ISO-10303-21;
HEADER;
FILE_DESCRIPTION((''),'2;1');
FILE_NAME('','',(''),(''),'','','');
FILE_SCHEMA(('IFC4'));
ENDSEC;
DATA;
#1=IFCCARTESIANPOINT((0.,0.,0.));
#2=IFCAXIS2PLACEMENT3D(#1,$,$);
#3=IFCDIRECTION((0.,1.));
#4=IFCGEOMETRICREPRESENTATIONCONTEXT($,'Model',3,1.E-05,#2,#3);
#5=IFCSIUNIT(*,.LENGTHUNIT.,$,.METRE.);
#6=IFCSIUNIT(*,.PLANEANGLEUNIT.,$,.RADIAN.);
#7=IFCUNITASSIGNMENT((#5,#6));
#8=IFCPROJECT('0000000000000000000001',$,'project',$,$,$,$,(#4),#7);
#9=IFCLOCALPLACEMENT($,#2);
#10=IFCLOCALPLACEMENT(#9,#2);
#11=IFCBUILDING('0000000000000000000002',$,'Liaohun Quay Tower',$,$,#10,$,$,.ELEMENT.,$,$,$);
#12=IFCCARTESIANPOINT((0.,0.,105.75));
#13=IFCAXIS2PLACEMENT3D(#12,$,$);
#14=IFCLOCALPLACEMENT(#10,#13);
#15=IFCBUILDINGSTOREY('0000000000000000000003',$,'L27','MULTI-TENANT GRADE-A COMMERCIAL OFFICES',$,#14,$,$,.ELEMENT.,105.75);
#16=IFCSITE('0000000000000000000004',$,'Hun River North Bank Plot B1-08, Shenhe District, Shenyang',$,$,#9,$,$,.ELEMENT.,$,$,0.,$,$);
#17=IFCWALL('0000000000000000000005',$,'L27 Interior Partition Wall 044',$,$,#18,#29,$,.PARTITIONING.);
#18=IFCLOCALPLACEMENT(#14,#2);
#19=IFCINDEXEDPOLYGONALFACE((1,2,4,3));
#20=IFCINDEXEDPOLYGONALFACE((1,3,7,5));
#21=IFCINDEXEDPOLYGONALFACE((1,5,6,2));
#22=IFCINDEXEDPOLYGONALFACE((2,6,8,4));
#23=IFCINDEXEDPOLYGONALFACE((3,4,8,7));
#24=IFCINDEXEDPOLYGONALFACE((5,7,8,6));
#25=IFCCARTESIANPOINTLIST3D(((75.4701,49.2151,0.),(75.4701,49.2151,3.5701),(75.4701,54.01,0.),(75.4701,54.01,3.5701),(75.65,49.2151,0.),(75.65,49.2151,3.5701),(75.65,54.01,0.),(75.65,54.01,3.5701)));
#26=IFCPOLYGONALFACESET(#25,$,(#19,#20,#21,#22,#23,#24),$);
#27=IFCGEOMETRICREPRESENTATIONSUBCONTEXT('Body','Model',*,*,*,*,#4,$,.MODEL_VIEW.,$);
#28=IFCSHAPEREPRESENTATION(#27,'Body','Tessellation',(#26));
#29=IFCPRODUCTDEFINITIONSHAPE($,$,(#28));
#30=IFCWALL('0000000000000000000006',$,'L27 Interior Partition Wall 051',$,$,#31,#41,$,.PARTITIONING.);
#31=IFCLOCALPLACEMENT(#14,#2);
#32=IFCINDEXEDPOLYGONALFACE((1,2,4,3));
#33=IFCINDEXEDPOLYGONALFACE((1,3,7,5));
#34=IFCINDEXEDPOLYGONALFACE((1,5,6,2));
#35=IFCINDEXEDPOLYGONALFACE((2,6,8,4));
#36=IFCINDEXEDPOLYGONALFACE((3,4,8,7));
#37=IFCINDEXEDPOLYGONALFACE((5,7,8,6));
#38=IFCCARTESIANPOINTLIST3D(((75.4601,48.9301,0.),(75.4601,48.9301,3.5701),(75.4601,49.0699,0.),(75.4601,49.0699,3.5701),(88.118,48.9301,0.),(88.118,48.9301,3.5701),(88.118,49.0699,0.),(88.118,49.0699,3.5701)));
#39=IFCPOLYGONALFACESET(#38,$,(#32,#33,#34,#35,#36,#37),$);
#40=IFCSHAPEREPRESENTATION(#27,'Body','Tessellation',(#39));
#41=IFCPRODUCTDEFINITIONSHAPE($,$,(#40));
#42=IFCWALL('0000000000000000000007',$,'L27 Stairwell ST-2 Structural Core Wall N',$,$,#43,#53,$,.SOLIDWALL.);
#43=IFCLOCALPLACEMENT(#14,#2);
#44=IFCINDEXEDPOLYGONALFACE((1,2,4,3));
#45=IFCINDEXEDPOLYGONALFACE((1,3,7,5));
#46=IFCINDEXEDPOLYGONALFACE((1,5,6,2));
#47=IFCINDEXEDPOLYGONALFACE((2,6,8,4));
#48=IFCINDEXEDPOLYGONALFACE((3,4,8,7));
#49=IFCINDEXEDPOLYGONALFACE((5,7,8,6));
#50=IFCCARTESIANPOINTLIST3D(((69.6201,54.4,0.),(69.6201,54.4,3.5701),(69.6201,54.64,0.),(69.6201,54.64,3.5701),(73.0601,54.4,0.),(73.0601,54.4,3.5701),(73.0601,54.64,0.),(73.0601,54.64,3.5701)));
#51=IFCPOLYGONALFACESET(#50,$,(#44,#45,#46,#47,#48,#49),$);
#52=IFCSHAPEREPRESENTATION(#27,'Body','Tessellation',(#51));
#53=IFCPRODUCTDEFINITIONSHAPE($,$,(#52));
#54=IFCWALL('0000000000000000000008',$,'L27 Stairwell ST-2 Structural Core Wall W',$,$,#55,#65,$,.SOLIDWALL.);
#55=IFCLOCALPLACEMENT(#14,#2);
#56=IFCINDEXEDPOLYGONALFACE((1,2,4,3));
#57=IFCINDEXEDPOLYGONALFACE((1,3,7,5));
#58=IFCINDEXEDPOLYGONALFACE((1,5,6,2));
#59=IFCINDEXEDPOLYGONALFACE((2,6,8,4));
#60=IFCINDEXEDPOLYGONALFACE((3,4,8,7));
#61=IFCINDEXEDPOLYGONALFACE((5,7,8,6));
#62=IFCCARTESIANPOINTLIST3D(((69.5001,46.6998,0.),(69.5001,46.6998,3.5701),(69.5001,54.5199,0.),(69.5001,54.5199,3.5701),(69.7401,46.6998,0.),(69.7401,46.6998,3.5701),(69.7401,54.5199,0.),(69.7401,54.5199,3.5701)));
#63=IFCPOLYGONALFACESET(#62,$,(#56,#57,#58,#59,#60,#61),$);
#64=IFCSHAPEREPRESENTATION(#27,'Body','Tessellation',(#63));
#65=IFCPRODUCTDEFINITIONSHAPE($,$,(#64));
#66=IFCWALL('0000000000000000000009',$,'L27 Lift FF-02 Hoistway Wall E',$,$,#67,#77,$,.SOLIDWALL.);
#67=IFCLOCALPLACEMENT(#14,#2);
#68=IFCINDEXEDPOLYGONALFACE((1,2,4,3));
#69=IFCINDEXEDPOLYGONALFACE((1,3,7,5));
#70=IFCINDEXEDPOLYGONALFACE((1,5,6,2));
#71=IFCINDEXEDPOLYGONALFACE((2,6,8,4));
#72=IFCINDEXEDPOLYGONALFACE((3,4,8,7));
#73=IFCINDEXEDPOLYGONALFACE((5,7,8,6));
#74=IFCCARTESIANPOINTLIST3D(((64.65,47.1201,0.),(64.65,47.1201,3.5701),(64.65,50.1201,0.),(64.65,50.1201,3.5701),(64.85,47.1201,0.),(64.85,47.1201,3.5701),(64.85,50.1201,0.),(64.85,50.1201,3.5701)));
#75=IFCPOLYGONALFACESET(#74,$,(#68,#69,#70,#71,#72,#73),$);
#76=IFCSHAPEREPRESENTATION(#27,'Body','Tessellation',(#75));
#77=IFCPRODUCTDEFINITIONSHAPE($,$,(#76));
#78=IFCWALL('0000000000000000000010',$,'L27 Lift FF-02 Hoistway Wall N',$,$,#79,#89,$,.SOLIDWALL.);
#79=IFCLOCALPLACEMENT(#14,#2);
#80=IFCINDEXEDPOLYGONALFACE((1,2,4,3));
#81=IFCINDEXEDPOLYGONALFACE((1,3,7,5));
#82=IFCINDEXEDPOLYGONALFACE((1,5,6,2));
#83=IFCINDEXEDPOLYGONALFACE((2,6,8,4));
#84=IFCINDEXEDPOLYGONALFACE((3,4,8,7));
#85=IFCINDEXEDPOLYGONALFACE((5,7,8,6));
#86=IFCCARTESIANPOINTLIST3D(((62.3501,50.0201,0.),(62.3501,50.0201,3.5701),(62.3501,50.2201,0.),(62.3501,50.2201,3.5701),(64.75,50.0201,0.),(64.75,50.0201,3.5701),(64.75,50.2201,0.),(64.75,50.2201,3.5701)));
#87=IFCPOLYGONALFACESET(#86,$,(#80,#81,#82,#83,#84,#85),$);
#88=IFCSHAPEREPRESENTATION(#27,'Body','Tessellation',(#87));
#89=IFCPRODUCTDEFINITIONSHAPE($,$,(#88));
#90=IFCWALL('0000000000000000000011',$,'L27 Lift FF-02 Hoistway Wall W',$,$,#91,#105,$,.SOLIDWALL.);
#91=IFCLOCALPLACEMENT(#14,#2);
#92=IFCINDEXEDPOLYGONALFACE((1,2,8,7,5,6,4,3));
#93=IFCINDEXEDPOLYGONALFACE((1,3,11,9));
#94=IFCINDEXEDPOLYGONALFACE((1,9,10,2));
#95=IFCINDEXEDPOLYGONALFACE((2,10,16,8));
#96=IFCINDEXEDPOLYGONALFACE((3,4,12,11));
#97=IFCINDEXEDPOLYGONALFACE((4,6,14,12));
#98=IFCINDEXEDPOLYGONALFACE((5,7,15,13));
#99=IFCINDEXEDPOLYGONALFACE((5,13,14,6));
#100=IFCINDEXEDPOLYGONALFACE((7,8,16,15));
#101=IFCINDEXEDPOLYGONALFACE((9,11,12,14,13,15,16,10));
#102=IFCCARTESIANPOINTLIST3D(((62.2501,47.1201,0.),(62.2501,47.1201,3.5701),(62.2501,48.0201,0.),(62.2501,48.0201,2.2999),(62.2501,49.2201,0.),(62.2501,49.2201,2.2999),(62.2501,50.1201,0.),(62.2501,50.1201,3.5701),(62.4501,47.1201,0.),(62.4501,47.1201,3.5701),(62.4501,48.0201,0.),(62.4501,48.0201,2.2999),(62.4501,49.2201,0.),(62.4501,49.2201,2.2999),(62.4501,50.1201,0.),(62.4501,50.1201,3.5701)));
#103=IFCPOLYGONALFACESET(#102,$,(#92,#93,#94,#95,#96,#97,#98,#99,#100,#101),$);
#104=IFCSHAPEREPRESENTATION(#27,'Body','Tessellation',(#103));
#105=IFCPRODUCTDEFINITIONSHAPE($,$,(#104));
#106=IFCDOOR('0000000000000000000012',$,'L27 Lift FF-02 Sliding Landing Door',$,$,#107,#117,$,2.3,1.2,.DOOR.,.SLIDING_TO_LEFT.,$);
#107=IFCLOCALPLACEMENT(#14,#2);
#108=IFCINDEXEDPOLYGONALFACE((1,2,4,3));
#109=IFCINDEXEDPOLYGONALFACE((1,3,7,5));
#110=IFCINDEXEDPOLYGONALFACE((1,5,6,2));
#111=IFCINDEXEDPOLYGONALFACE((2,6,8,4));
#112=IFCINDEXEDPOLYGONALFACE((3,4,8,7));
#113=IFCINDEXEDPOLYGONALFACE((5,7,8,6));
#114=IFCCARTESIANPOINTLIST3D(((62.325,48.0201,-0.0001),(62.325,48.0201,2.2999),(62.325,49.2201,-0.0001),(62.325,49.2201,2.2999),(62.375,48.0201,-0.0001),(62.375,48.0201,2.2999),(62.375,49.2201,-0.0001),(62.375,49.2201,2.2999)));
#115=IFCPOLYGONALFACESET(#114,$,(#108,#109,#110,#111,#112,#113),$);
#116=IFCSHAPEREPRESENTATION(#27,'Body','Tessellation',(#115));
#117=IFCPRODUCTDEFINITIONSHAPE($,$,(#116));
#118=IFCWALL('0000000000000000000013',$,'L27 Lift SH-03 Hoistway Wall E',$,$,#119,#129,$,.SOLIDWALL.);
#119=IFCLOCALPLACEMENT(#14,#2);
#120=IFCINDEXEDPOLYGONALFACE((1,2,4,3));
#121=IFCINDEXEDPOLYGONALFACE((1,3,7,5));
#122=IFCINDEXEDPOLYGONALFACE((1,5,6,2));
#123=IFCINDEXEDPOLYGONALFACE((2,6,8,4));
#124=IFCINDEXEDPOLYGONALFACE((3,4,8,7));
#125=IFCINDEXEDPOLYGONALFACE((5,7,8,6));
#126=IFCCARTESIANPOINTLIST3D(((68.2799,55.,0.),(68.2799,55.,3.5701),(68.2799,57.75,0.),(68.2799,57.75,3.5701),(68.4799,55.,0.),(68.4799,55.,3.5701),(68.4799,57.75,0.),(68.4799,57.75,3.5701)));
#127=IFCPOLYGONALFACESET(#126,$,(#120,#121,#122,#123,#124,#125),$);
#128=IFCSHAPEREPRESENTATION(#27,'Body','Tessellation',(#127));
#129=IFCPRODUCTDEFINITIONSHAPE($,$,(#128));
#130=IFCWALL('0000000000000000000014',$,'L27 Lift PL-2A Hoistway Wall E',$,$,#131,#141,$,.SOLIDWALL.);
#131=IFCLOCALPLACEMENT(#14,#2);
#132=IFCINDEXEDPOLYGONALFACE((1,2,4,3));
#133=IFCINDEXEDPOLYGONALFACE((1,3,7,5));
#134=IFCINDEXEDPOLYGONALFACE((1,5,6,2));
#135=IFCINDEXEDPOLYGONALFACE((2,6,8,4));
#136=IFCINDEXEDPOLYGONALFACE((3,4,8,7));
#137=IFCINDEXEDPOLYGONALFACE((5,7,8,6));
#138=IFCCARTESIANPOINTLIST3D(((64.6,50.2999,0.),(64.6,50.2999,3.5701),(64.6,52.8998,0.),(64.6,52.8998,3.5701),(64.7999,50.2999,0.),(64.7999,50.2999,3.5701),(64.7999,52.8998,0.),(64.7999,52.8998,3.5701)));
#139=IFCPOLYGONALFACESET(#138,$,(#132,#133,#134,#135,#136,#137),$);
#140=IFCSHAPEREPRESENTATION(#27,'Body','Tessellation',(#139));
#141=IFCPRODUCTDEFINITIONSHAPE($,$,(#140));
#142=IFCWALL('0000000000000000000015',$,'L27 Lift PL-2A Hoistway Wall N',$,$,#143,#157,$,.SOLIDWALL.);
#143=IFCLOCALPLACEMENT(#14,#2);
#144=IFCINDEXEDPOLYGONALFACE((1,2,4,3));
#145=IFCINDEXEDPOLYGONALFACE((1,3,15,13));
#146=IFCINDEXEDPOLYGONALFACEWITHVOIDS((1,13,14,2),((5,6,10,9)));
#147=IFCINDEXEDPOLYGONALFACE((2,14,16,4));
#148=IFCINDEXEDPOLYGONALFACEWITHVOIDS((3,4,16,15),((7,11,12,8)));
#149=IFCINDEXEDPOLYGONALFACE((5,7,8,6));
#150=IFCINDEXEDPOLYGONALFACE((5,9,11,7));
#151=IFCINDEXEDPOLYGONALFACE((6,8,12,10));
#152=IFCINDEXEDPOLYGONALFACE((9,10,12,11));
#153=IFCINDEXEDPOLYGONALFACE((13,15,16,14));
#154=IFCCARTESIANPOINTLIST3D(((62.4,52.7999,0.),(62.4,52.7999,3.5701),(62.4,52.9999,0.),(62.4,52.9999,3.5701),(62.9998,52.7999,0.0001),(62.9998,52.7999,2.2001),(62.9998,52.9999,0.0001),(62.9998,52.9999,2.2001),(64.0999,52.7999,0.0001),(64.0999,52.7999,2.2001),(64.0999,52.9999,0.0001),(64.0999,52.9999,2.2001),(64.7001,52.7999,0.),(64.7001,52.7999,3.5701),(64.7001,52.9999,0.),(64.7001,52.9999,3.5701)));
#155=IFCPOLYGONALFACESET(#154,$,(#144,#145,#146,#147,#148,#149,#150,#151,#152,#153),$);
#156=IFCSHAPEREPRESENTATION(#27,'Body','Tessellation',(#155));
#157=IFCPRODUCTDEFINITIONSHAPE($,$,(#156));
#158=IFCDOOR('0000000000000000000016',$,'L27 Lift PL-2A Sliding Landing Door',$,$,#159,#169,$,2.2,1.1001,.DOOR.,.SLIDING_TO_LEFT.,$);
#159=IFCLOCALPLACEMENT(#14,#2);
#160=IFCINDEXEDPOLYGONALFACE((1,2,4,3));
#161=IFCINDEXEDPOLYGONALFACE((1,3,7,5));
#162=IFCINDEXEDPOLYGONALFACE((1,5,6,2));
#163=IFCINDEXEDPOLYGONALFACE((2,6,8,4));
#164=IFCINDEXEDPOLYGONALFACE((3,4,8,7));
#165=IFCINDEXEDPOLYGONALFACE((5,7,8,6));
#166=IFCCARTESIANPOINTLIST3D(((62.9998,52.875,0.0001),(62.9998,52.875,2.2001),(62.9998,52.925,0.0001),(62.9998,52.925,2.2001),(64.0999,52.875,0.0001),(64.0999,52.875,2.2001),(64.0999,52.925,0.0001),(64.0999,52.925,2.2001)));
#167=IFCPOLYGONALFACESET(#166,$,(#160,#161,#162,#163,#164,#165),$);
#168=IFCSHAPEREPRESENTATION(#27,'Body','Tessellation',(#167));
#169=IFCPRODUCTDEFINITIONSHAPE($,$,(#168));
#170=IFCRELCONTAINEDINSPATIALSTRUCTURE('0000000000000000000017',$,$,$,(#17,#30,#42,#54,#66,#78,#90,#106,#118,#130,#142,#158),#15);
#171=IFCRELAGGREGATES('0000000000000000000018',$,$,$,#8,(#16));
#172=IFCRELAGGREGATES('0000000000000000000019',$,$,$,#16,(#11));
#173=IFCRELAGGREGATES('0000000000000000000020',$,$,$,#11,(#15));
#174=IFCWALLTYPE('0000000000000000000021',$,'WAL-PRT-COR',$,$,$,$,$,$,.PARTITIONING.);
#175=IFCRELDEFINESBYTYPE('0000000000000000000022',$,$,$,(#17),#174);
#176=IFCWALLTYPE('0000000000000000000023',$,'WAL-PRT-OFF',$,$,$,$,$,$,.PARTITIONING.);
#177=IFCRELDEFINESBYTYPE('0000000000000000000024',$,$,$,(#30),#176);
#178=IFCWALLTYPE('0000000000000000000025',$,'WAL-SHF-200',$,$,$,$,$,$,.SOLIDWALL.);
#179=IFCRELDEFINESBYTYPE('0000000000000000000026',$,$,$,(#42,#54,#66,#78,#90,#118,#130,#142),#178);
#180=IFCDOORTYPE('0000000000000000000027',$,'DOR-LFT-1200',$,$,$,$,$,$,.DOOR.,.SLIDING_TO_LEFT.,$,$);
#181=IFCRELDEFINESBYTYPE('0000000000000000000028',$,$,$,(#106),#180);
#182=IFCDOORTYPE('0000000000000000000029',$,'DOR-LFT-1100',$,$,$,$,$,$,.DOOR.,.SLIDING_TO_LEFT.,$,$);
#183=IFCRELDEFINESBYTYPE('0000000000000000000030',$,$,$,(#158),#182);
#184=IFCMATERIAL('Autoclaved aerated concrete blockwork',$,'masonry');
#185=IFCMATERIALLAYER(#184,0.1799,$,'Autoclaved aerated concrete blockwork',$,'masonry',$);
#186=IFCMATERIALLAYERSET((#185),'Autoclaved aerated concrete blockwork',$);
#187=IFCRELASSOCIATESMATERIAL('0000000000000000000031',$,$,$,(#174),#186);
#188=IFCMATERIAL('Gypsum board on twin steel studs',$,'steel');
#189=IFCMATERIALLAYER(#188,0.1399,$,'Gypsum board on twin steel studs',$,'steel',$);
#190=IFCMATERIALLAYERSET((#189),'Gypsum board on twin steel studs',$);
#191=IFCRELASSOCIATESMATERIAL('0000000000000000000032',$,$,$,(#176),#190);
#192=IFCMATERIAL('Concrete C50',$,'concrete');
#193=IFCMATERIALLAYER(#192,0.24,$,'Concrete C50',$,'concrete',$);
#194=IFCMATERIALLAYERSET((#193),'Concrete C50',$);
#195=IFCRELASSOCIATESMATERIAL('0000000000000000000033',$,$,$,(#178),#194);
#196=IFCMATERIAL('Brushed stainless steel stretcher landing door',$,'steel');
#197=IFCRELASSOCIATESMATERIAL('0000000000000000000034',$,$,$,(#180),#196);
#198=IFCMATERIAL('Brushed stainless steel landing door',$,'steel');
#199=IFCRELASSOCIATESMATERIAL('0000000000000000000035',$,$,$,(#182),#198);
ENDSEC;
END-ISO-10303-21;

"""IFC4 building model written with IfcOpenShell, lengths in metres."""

from ifc_helpers import new_model, si_unit, direction, frame, frame_2d, origin, place, context, subcontext, project, spatial, rectangle, extrude, source, transform, mapped, material, layer, layer_set, type_object, element, fill, save


model = new_model("IFC4")

# Units and contexts
model_context = context("Model", 3, precision=1e-05, world=origin(), true_north=direction((0.0, 1.0)))
body_context = subcontext(model_context, "Body", "Model", "MODEL_VIEW")
ifc_project = project(units=[si_unit("LENGTHUNIT", "METRE"), si_unit("PLANEANGLEUNIT", "RADIAN")], contexts=[model_context])

# Site, building, storey
site_placement = place(None, origin())
site = spatial("IfcSite", under=ifc_project, at=site_placement, Name="Hun River North Bank Plot B1-08, Shenhe District, Shenyang", CompositionType="ELEMENT", RefElevation=0.0)
building_placement = place(site_placement, origin())
building = spatial("IfcBuilding", under=site, at=building_placement, Name="Liaohun Quay Tower", CompositionType="ELEMENT")
storey_placement = place(building_placement, frame((0.0, 0.0, 105.75)))
storey = spatial("IfcBuildingStorey", under=building, at=storey_placement, Name="L27", Description="MULTI-TENANT GRADE-A COMMERCIAL OFFICES", CompositionType="ELEMENT", Elevation=105.75)

# Shared definitions
ifc_material_1 = material(Name="Autoclaved aerated concrete blockwork", Category="masonry")
ifc_layer_1 = layer(ifc_material_1, 0.1799, Name="Autoclaved aerated concrete blockwork", Category="masonry")
ifc_layer_set_1 = layer_set([ifc_layer_1], Name="Autoclaved aerated concrete blockwork")
wall_type_1 = type_object("IfcWallType", Name="WAL-PRT-COR", PredefinedType="PARTITIONING", material=ifc_layer_set_1)

# Walls
wall_1_placement = place(storey_placement, frame((75.5601, 54.01, 0.0), z_axis=(0.0, 0.0, 1.0), x_axis=(0.0, -1.0, 0.0)))
element("IfcWall", 1, at=wall_1_placement, inside=storey, type_object=wall_type_1, Name="L27 Interior Partition Wall 044", PredefinedType="PARTITIONING", context=body_context, shape_type="SweptSolid", body=[
    extrude(rectangle(XDim=4.7949, YDim=0.1799, at=frame_2d((2.3975, 0.0))), origin(), (0.0, 0.0, 1.0), 3.5701),
])
ifc_material_2 = material(Name="Gypsum board on twin steel studs", Category="steel")
ifc_layer_2 = layer(ifc_material_2, 0.1399, Name="Gypsum board on twin steel studs", Category="steel")
ifc_layer_set_2 = layer_set([ifc_layer_2], Name="Gypsum board on twin steel studs")
wall_type_2 = type_object("IfcWallType", Name="WAL-PRT-OFF", PredefinedType="PARTITIONING", material=ifc_layer_set_2)
wall_2_placement = place(storey_placement, frame((75.46, 49.0, 0.0), z_axis=(0.0, 0.0, 1.0), x_axis=(1.0, 0.0, 0.0)))
element("IfcWall", 2, at=wall_2_placement, inside=storey, type_object=wall_type_2, Name="L27 Interior Partition Wall 051", PredefinedType="PARTITIONING", context=body_context, shape_type="SweptSolid", body=[
    extrude(rectangle(XDim=12.658, YDim=0.1399, at=frame_2d((6.3291, 0.0))), origin(), (0.0, 0.0, 1.0), 3.5701),
])
ifc_material_3 = material(Name="Concrete C50", Category="concrete")
ifc_layer_3 = layer(ifc_material_3, 0.24, Name="Concrete C50", Category="concrete")
ifc_layer_set_3 = layer_set([ifc_layer_3], Name="Concrete C50")
wall_type_3 = type_object("IfcWallType", Name="WAL-SHF-200", PredefinedType="SOLIDWALL", material=ifc_layer_set_3)
wall_3_placement = place(storey_placement, frame((73.0601, 54.52, 0.0), z_axis=(0.0, 0.0, 1.0), x_axis=(-1.0, 0.0, 0.0)))
element("IfcWall", 3, at=wall_3_placement, inside=storey, type_object=wall_type_3, Name="L27 Stairwell ST-2 Structural Core Wall N", PredefinedType="SOLIDWALL", context=body_context, shape_type="SweptSolid", body=[
    extrude(rectangle(XDim=3.4399, YDim=0.24, at=frame_2d((1.72, 0.0))), origin(), (0.0, 0.0, 1.0), 3.5701),
])
wall_4_placement = place(storey_placement, frame((69.6201, 54.52, 0.0), z_axis=(0.0, 0.0, 1.0), x_axis=(0.0, -1.0, 0.0)))
element("IfcWall", 4, at=wall_4_placement, inside=storey, type_object=wall_type_3, Name="L27 Stairwell ST-2 Structural Core Wall W", PredefinedType="SOLIDWALL", context=body_context, shape_type="SweptSolid", body=[
    extrude(rectangle(XDim=7.8201, YDim=0.24, at=frame_2d((3.9102, 0.0))), origin(), (0.0, 0.0, 1.0), 3.5701),
])
wall_5_placement = place(storey_placement, frame((64.75, 47.1201, 0.0), z_axis=(0.0, 0.0, 1.0), x_axis=(0.0, 1.0, 0.0)))
element("IfcWall", 5, at=wall_5_placement, inside=storey, type_object=wall_type_3, Name="L27 Lift FF-02 Hoistway Wall E", PredefinedType="SOLIDWALL", context=body_context, shape_type="SweptSolid", body=[
    extrude(rectangle(XDim=3.0, YDim=0.2, at=frame_2d((1.5, 0.0))), origin(), (0.0, 0.0, 1.0), 3.5701),
])
wall_6_placement = place(storey_placement, frame((64.75, 50.1201, 0.0), z_axis=(0.0, 0.0, 1.0), x_axis=(-1.0, 0.0, 0.0)))
element("IfcWall", 6, at=wall_6_placement, inside=storey, type_object=wall_type_3, Name="L27 Lift FF-02 Hoistway Wall N", PredefinedType="SOLIDWALL", context=body_context, shape_type="SweptSolid", body=[
    extrude(rectangle(XDim=2.3999, YDim=0.2, at=frame_2d((1.2, 0.0))), origin(), (0.0, 0.0, 1.0), 3.5701),
])

# Wall, opening, door
wall_7_placement = place(storey_placement, frame((62.3501, 50.1201, 0.0), z_axis=(0.0, 0.0, 1.0), x_axis=(0.0, -1.0, 0.0)))
wall_7 = element("IfcWall", 7, at=wall_7_placement, inside=storey, type_object=wall_type_3, Name="L27 Lift FF-02 Hoistway Wall W", PredefinedType="SOLIDWALL", context=body_context, shape_type="SweptSolid", body=[
    extrude(rectangle(XDim=3.0, YDim=0.2, at=frame_2d((1.5, 0.0))), origin(), (0.0, 0.0, 1.0), 3.5701),
])
shared_shape_1 = source(origin(), body_context, "Body", "SweptSolid", [
    extrude(rectangle(XDim=1.2, YDim=2.3, at=frame_2d((0.6001, 1.1499))), frame((0.0, 0.1099, 0.0), z_axis=(0.0, -1.0, 0.0), x_axis=(1.0, 0.0, 0.0)), (0.0, 0.0, 1.0), 0.22),
])
opening_1_placement = place(wall_7_placement, frame((0.8999, 0.0, 0.0)))
opening_1 = element("IfcOpeningElement", 8, at=opening_1_placement, cuts=wall_7, PredefinedType="OPENING", context=body_context, shape_type="MappedRepresentation", body=[
    mapped(shared_shape_1, transform((0.0, 0.0, 0.0), x_axis=(1.0, 0.0, 0.0), y_axis=(0.0, 1.0, 0.0), z_axis=(0.0, 0.0, 1.0), scale=1.0)),
])
ifc_material_4 = material(Name="Brushed stainless steel stretcher landing door", Category="steel")
door_type_1 = type_object("IfcDoorType", Name="DOR-LFT-1200", OperationType="SLIDING_TO_LEFT", PredefinedType="DOOR", material=ifc_material_4)
shared_shape_2 = source(origin(), body_context, "Body", "SweptSolid", [
    extrude(rectangle(XDim=1.2, YDim=2.3, at=frame_2d((0.6001, 1.1499))), frame((0.0, 0.0249, 0.0), z_axis=(0.0, -1.0, 0.0), x_axis=(1.0, 0.0, 0.0)), (0.0, 0.0, 1.0), 0.05),
])
door_1_placement = place(opening_1_placement, origin())
door_1 = element("IfcDoor", 9, at=door_1_placement, inside=storey, type_object=door_type_1, Name="L27 Lift FF-02 Sliding Landing Door", OperationType="SLIDING_TO_LEFT", OverallHeight=2.3, OverallWidth=1.2, PredefinedType="DOOR", context=body_context, shape_type="MappedRepresentation", body=[
    mapped(shared_shape_2, transform((0.0, 0.0, 0.0), x_axis=(1.0, 0.0, 0.0), y_axis=(0.0, 1.0, 0.0), z_axis=(0.0, 0.0, 1.0), scale=1.0)),
])
fill(opening_1, door_1)

# Walls
wall_8_placement = place(storey_placement, frame((68.3799, 55.0, 0.0), z_axis=(0.0, 0.0, 1.0), x_axis=(0.0, 1.0, 0.0)))
element("IfcWall", 10, at=wall_8_placement, inside=storey, type_object=wall_type_3, Name="L27 Lift SH-03 Hoistway Wall E", PredefinedType="SOLIDWALL", context=body_context, shape_type="SweptSolid", body=[
    extrude(rectangle(XDim=2.75, YDim=0.2, at=frame_2d((1.375, 0.0))), origin(), (0.0, 0.0, 1.0), 3.5701),
])
wall_9_placement = place(storey_placement, frame((64.7, 50.3, 0.0), z_axis=(0.0, 0.0, 1.0), x_axis=(0.0, 1.0, 0.0)))
element("IfcWall", 11, at=wall_9_placement, inside=storey, type_object=wall_type_3, Name="L27 Lift PL-2A Hoistway Wall E", PredefinedType="SOLIDWALL", context=body_context, shape_type="SweptSolid", body=[
    extrude(rectangle(XDim=2.5999, YDim=0.2, at=frame_2d((1.2998, 0.0))), origin(), (0.0, 0.0, 1.0), 3.5701),
])

# Wall, opening, door
wall_10_placement = place(storey_placement, frame((64.7, 52.8999, 0.0), z_axis=(0.0, 0.0, 1.0), x_axis=(-1.0, 0.0, 0.0)))
wall_10 = element("IfcWall", 12, at=wall_10_placement, inside=storey, type_object=wall_type_3, Name="L27 Lift PL-2A Hoistway Wall N", PredefinedType="SOLIDWALL", context=body_context, shape_type="SweptSolid", body=[
    extrude(rectangle(XDim=2.3, YDim=0.2, at=frame_2d((1.1499, 0.0))), origin(), (0.0, 0.0, 1.0), 3.5701),
])
shared_shape_3 = source(origin(), body_context, "Body", "SweptSolid", [
    extrude(rectangle(XDim=1.1001, YDim=2.2, at=frame_2d((0.55, 1.1001))), frame((0.0, 0.1099, 0.0), z_axis=(0.0, -1.0, 0.0), x_axis=(1.0, 0.0, 0.0)), (0.0, 0.0, 1.0), 0.22),
])
opening_2_placement = place(wall_10_placement, frame((0.6001, 0.0, 0.0)))
opening_2 = element("IfcOpeningElement", 13, at=opening_2_placement, cuts=wall_10, PredefinedType="OPENING", context=body_context, shape_type="MappedRepresentation", body=[
    mapped(shared_shape_3, transform((0.0, 0.0, 0.0), x_axis=(1.0, 0.0, 0.0), y_axis=(0.0, 1.0, 0.0), z_axis=(0.0, 0.0, 1.0), scale=1.0)),
])
ifc_material_5 = material(Name="Brushed stainless steel landing door", Category="steel")
door_type_2 = type_object("IfcDoorType", Name="DOR-LFT-1100", OperationType="SLIDING_TO_LEFT", PredefinedType="DOOR", material=ifc_material_5)
shared_shape_4 = source(origin(), body_context, "Body", "SweptSolid", [
    extrude(rectangle(XDim=1.1001, YDim=2.2, at=frame_2d((0.55, 1.1001))), frame((0.0, 0.0249, 0.0), z_axis=(0.0, -1.0, 0.0), x_axis=(1.0, 0.0, 0.0)), (0.0, 0.0, 1.0), 0.05),
])
door_2_placement = place(opening_2_placement, origin())
door_2 = element("IfcDoor", 14, at=door_2_placement, inside=storey, type_object=door_type_2, Name="L27 Lift PL-2A Sliding Landing Door", OperationType="SLIDING_TO_LEFT", OverallHeight=2.2, OverallWidth=1.1001, PredefinedType="DOOR", context=body_context, shape_type="MappedRepresentation", body=[
    mapped(shared_shape_4, transform((0.0, 0.0, 0.0), x_axis=(1.0, 0.0, 0.0), y_axis=(0.0, 1.0, 0.0), z_axis=(0.0, 0.0, 1.0), scale=1.0)),
])
fill(opening_2, door_2)

save(model, "model.ifc")
